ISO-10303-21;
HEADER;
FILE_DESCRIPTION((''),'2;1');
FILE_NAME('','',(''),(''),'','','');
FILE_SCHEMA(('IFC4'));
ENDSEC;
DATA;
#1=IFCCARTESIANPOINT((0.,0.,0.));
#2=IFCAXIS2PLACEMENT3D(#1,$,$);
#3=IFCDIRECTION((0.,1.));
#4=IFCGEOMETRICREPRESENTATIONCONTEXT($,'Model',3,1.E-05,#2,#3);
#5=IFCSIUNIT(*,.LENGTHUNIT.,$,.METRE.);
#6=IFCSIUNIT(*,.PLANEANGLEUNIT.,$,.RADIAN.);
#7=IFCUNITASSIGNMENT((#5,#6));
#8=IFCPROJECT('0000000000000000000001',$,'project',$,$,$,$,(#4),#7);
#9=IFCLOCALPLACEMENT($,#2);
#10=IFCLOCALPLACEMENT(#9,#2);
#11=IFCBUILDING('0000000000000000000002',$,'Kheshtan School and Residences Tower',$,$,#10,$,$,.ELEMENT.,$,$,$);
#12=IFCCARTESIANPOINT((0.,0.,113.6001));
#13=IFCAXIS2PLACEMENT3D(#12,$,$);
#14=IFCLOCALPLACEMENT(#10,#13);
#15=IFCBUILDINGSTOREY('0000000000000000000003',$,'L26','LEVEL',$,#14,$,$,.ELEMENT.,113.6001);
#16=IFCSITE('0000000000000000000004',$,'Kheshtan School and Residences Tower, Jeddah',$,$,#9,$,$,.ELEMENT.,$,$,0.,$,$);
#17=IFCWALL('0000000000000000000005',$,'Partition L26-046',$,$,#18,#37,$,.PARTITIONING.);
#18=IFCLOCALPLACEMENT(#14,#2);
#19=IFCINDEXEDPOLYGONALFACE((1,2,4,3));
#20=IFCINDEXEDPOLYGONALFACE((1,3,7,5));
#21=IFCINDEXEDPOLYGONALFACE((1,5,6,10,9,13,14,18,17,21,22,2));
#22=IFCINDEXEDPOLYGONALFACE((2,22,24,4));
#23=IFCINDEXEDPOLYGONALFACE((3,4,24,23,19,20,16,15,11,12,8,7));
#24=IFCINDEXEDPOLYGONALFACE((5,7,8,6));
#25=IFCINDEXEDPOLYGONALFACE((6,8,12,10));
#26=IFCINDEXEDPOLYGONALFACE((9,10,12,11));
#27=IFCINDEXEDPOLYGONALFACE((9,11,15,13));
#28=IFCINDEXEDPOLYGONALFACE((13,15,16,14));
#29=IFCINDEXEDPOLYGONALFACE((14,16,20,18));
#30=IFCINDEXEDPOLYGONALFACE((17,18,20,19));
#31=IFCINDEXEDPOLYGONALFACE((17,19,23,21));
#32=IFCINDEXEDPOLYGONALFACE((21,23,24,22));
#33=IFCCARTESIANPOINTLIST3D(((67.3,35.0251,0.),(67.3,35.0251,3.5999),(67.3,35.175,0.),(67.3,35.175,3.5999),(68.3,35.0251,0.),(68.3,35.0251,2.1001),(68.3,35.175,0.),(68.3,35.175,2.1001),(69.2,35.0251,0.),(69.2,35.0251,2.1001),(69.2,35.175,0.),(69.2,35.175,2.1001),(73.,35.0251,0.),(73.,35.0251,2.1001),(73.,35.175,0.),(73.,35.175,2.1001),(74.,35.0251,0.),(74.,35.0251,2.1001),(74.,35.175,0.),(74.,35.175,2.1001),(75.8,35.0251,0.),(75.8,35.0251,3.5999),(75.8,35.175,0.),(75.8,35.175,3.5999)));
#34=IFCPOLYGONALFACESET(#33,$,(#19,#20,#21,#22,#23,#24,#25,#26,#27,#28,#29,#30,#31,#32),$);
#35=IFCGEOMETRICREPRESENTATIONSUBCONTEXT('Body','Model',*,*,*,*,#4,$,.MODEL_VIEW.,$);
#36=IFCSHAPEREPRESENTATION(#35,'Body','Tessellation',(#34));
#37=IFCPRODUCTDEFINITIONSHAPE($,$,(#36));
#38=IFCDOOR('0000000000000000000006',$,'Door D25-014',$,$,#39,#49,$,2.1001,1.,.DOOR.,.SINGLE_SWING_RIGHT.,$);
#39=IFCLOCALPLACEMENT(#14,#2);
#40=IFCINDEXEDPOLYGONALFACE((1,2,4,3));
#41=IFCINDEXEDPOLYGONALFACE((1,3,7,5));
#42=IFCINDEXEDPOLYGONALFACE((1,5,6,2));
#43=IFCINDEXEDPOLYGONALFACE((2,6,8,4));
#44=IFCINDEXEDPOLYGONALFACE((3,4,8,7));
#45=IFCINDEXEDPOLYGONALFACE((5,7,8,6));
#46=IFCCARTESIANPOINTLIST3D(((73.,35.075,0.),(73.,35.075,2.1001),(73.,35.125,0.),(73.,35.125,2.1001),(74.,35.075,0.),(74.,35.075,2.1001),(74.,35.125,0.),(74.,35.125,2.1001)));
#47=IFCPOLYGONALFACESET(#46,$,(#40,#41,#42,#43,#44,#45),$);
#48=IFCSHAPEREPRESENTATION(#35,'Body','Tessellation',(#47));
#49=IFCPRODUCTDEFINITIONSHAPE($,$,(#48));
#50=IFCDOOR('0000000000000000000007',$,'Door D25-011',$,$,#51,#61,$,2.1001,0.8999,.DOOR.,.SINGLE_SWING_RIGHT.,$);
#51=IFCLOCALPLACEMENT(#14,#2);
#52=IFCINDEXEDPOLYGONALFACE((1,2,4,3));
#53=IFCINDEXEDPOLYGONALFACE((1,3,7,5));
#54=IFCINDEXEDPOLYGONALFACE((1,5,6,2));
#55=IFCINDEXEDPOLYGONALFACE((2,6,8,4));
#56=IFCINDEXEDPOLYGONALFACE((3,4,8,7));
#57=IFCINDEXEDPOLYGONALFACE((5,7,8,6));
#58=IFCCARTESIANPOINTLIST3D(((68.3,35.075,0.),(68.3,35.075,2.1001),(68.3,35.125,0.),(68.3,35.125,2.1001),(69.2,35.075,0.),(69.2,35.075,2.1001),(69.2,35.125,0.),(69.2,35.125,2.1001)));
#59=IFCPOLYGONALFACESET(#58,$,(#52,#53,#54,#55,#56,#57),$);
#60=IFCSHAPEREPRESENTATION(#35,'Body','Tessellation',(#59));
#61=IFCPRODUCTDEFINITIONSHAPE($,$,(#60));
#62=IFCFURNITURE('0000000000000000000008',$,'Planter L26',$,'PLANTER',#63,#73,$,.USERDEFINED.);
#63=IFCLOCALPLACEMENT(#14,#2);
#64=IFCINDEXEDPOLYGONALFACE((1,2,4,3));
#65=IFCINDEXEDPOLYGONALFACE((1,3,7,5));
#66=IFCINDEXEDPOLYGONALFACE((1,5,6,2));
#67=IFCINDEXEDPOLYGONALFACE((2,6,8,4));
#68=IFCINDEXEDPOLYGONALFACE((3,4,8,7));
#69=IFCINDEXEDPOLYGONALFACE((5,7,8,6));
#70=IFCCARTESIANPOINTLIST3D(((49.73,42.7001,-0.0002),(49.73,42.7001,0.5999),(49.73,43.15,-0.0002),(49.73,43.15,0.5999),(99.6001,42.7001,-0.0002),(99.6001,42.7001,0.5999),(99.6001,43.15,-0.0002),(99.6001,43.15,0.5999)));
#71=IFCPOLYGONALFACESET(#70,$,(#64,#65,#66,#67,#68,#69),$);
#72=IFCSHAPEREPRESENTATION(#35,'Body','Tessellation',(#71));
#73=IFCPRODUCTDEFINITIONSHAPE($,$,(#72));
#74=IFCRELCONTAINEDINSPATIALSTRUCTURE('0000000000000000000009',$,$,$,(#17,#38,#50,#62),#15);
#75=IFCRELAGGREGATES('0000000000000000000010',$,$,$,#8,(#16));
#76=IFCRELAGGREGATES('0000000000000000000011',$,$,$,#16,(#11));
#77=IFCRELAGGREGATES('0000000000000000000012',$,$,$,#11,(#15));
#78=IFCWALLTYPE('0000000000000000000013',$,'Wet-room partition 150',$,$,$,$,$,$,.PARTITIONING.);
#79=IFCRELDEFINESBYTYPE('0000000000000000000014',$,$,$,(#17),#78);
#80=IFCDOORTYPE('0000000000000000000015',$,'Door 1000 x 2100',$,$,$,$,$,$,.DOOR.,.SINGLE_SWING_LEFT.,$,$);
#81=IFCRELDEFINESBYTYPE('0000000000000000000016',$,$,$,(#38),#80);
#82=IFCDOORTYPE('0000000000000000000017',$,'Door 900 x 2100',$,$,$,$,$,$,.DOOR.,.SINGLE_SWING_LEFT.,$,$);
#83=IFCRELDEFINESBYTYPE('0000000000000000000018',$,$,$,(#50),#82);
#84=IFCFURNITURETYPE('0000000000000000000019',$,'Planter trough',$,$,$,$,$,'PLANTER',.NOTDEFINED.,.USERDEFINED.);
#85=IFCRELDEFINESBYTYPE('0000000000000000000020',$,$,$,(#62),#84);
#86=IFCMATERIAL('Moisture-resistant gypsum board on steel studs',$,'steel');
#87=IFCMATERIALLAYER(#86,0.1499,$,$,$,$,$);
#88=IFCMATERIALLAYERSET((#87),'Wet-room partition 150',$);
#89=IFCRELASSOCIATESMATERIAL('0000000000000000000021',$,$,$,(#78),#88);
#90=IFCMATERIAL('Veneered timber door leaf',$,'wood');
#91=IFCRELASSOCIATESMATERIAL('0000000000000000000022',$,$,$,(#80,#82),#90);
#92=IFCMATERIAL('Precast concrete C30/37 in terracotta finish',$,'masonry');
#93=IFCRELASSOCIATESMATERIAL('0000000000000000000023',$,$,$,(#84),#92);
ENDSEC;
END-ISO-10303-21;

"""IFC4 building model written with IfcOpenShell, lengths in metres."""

from ifc_helpers import new_model, si_unit, direction, frame, frame_2d, origin, origin_2d, place, context, subcontext, project, spatial, rectangle, extrude, source, transform, mapped, material, layer, layer_set, type_object, element, fill, save


model = new_model("IFC4")

# Units and contexts
model_context = context("Model", 3, precision=1e-05, world=origin(), true_north=direction((0.0, 1.0)))
body_context = subcontext(model_context, "Body", "Model", "MODEL_VIEW")
ifc_project = project(units=[si_unit("LENGTHUNIT", "METRE"), si_unit("PLANEANGLEUNIT", "RADIAN")], contexts=[model_context])

# Site, building, storey
site_placement = place(None, origin())
site = spatial("IfcSite", under=ifc_project, at=site_placement, Name="Kheshtan School and Residences Tower, Jeddah", CompositionType="ELEMENT", RefElevation=0.0)
building_placement = place(site_placement, origin())
building = spatial("IfcBuilding", under=site, at=building_placement, Name="Kheshtan School and Residences Tower", CompositionType="ELEMENT")
storey_placement = place(building_placement, frame((0.0, 0.0, 113.6001)))
storey = spatial("IfcBuildingStorey", under=building, at=storey_placement, Name="L26", Description="LEVEL", CompositionType="ELEMENT", Elevation=113.6001)

# Wall, openings, doors
ifc_material_1 = material(Name="Moisture-resistant gypsum board on steel studs", Category="steel")
ifc_layer_1 = layer(ifc_material_1, 0.1499)
ifc_layer_set_1 = layer_set([ifc_layer_1], Name="Wet-room partition 150")
wall_type_1 = type_object("IfcWallType", Name="Wet-room partition 150", PredefinedType="PARTITIONING", material=ifc_layer_set_1)
wall_1_placement = place(storey_placement, frame((67.3, 35.1001, 0.0), z_axis=(0.0, 0.0, 1.0), x_axis=(1.0, 0.0, 0.0)))
wall_1 = element("IfcWall", 1, at=wall_1_placement, inside=storey, type_object=wall_type_1, Name="Partition L26-046", PredefinedType="PARTITIONING", context=body_context, shape_type="SweptSolid", body=[
    extrude(rectangle(XDim=8.5, YDim=0.1499, at=frame_2d((4.25, 0.0))), origin(), (0.0, 0.0, 1.0), 3.5999),
])
opening_1_placement = place(wall_1_placement, frame((1.0, 0.0, 0.0)))
opening_1 = element("IfcOpeningElement", 2, at=opening_1_placement, cuts=wall_1, PredefinedType="OPENING", context=body_context, shape_type="SweptSolid", body=[
    extrude(rectangle(XDim=0.8999, YDim=2.1001, at=frame_2d((0.45, 1.05))), frame((0.0, 0.085, 0.0), z_axis=(0.0, -1.0, 0.0), x_axis=(1.0, 0.0, 0.0)), (0.0, 0.0, 1.0), 0.1699),
])
opening_2_placement = place(wall_1_placement, frame((5.7, 0.0, 0.0)))
opening_2 = element("IfcOpeningElement", 3, at=opening_2_placement, cuts=wall_1, PredefinedType="OPENING", context=body_context, shape_type="SweptSolid", body=[
    extrude(rectangle(XDim=1.0, YDim=2.1001, at=frame_2d((0.5, 1.05))), frame((0.0, 0.085, 0.0), z_axis=(0.0, -1.0, 0.0), x_axis=(1.0, 0.0, 0.0)), (0.0, 0.0, 1.0), 0.1699),
])
ifc_material_2 = material(Name="Veneered timber door leaf", Category="wood")
door_type_1 = type_object("IfcDoorType", Name="Door 1000 x 2100", OperationType="SINGLE_SWING_LEFT", PredefinedType="DOOR", material=ifc_material_2)
shared_shape_1 = source(origin(), body_context, "Body", "SweptSolid", [
    extrude(rectangle(XDim=1.0, YDim=2.1001, at=frame_2d((0.5, 1.05))), frame((0.0, 0.0249, 0.0), z_axis=(0.0, -1.0, 0.0), x_axis=(1.0, 0.0, 0.0)), (0.0, 0.0, 1.0), 0.05),
])
door_1_placement = place(opening_2_placement, origin())
door_1 = element("IfcDoor", 4, at=door_1_placement, inside=storey, type_object=door_type_1, Name="Door D25-014", OperationType="SINGLE_SWING_RIGHT", OverallHeight=2.1001, OverallWidth=1.0, PredefinedType="DOOR", context=body_context, shape_type="MappedRepresentation", body=[
    mapped(shared_shape_1, transform((0.0, 0.0, 0.0), x_axis=(1.0, 0.0, 0.0), y_axis=(0.0, 1.0, 0.0), z_axis=(0.0, 0.0, 1.0), scale=1.0)),
])
fill(opening_2, door_1)
door_type_2 = type_object("IfcDoorType", Name="Door 900 x 2100", OperationType="SINGLE_SWING_LEFT", PredefinedType="DOOR", material=ifc_material_2)
shared_shape_2 = source(origin(), body_context, "Body", "SweptSolid", [
    extrude(rectangle(XDim=0.8999, YDim=2.1001, at=frame_2d((0.45, 1.05))), frame((0.0, 0.0249, 0.0), z_axis=(0.0, -1.0, 0.0), x_axis=(1.0, 0.0, 0.0)), (0.0, 0.0, 1.0), 0.05),
])
door_2_placement = place(opening_1_placement, origin())
door_2 = element("IfcDoor", 5, at=door_2_placement, inside=storey, type_object=door_type_2, Name="Door D25-011", OperationType="SINGLE_SWING_RIGHT", OverallHeight=2.1001, OverallWidth=0.8999, PredefinedType="DOOR", context=body_context, shape_type="MappedRepresentation", body=[
    mapped(shared_shape_2, transform((0.0, 0.0, 0.0), x_axis=(1.0, 0.0, 0.0), y_axis=(0.0, 1.0, 0.0), z_axis=(0.0, 0.0, 1.0), scale=1.0)),
])
fill(opening_1, door_2)

# Furniture
ifc_material_3 = material(Name="Precast concrete C30/37 in terracotta finish", Category="masonry")
furniture_type = type_object("IfcFurnitureType", Name="Planter trough", ElementType="PLANTER", AssemblyPlace="NOTDEFINED", PredefinedType="USERDEFINED", material=ifc_material_3)
furniture_placement = place(storey_placement, frame((74.665, 42.925, -0.0002), z_axis=(0.0, 0.0, 1.0), x_axis=(1.0, 0.0, 0.0)))
element("IfcFurniture", 6, at=furniture_placement, inside=storey, type_object=furniture_type, Name="Planter L26", ObjectType="PLANTER", PredefinedType="USERDEFINED", context=body_context, shape_type="SweptSolid", body=[
    extrude(rectangle(XDim=49.8701, YDim=0.45, at=origin_2d()), origin(), (0.0, 0.0, 1.0), 0.6001),
])

save(model, "model.ifc")
